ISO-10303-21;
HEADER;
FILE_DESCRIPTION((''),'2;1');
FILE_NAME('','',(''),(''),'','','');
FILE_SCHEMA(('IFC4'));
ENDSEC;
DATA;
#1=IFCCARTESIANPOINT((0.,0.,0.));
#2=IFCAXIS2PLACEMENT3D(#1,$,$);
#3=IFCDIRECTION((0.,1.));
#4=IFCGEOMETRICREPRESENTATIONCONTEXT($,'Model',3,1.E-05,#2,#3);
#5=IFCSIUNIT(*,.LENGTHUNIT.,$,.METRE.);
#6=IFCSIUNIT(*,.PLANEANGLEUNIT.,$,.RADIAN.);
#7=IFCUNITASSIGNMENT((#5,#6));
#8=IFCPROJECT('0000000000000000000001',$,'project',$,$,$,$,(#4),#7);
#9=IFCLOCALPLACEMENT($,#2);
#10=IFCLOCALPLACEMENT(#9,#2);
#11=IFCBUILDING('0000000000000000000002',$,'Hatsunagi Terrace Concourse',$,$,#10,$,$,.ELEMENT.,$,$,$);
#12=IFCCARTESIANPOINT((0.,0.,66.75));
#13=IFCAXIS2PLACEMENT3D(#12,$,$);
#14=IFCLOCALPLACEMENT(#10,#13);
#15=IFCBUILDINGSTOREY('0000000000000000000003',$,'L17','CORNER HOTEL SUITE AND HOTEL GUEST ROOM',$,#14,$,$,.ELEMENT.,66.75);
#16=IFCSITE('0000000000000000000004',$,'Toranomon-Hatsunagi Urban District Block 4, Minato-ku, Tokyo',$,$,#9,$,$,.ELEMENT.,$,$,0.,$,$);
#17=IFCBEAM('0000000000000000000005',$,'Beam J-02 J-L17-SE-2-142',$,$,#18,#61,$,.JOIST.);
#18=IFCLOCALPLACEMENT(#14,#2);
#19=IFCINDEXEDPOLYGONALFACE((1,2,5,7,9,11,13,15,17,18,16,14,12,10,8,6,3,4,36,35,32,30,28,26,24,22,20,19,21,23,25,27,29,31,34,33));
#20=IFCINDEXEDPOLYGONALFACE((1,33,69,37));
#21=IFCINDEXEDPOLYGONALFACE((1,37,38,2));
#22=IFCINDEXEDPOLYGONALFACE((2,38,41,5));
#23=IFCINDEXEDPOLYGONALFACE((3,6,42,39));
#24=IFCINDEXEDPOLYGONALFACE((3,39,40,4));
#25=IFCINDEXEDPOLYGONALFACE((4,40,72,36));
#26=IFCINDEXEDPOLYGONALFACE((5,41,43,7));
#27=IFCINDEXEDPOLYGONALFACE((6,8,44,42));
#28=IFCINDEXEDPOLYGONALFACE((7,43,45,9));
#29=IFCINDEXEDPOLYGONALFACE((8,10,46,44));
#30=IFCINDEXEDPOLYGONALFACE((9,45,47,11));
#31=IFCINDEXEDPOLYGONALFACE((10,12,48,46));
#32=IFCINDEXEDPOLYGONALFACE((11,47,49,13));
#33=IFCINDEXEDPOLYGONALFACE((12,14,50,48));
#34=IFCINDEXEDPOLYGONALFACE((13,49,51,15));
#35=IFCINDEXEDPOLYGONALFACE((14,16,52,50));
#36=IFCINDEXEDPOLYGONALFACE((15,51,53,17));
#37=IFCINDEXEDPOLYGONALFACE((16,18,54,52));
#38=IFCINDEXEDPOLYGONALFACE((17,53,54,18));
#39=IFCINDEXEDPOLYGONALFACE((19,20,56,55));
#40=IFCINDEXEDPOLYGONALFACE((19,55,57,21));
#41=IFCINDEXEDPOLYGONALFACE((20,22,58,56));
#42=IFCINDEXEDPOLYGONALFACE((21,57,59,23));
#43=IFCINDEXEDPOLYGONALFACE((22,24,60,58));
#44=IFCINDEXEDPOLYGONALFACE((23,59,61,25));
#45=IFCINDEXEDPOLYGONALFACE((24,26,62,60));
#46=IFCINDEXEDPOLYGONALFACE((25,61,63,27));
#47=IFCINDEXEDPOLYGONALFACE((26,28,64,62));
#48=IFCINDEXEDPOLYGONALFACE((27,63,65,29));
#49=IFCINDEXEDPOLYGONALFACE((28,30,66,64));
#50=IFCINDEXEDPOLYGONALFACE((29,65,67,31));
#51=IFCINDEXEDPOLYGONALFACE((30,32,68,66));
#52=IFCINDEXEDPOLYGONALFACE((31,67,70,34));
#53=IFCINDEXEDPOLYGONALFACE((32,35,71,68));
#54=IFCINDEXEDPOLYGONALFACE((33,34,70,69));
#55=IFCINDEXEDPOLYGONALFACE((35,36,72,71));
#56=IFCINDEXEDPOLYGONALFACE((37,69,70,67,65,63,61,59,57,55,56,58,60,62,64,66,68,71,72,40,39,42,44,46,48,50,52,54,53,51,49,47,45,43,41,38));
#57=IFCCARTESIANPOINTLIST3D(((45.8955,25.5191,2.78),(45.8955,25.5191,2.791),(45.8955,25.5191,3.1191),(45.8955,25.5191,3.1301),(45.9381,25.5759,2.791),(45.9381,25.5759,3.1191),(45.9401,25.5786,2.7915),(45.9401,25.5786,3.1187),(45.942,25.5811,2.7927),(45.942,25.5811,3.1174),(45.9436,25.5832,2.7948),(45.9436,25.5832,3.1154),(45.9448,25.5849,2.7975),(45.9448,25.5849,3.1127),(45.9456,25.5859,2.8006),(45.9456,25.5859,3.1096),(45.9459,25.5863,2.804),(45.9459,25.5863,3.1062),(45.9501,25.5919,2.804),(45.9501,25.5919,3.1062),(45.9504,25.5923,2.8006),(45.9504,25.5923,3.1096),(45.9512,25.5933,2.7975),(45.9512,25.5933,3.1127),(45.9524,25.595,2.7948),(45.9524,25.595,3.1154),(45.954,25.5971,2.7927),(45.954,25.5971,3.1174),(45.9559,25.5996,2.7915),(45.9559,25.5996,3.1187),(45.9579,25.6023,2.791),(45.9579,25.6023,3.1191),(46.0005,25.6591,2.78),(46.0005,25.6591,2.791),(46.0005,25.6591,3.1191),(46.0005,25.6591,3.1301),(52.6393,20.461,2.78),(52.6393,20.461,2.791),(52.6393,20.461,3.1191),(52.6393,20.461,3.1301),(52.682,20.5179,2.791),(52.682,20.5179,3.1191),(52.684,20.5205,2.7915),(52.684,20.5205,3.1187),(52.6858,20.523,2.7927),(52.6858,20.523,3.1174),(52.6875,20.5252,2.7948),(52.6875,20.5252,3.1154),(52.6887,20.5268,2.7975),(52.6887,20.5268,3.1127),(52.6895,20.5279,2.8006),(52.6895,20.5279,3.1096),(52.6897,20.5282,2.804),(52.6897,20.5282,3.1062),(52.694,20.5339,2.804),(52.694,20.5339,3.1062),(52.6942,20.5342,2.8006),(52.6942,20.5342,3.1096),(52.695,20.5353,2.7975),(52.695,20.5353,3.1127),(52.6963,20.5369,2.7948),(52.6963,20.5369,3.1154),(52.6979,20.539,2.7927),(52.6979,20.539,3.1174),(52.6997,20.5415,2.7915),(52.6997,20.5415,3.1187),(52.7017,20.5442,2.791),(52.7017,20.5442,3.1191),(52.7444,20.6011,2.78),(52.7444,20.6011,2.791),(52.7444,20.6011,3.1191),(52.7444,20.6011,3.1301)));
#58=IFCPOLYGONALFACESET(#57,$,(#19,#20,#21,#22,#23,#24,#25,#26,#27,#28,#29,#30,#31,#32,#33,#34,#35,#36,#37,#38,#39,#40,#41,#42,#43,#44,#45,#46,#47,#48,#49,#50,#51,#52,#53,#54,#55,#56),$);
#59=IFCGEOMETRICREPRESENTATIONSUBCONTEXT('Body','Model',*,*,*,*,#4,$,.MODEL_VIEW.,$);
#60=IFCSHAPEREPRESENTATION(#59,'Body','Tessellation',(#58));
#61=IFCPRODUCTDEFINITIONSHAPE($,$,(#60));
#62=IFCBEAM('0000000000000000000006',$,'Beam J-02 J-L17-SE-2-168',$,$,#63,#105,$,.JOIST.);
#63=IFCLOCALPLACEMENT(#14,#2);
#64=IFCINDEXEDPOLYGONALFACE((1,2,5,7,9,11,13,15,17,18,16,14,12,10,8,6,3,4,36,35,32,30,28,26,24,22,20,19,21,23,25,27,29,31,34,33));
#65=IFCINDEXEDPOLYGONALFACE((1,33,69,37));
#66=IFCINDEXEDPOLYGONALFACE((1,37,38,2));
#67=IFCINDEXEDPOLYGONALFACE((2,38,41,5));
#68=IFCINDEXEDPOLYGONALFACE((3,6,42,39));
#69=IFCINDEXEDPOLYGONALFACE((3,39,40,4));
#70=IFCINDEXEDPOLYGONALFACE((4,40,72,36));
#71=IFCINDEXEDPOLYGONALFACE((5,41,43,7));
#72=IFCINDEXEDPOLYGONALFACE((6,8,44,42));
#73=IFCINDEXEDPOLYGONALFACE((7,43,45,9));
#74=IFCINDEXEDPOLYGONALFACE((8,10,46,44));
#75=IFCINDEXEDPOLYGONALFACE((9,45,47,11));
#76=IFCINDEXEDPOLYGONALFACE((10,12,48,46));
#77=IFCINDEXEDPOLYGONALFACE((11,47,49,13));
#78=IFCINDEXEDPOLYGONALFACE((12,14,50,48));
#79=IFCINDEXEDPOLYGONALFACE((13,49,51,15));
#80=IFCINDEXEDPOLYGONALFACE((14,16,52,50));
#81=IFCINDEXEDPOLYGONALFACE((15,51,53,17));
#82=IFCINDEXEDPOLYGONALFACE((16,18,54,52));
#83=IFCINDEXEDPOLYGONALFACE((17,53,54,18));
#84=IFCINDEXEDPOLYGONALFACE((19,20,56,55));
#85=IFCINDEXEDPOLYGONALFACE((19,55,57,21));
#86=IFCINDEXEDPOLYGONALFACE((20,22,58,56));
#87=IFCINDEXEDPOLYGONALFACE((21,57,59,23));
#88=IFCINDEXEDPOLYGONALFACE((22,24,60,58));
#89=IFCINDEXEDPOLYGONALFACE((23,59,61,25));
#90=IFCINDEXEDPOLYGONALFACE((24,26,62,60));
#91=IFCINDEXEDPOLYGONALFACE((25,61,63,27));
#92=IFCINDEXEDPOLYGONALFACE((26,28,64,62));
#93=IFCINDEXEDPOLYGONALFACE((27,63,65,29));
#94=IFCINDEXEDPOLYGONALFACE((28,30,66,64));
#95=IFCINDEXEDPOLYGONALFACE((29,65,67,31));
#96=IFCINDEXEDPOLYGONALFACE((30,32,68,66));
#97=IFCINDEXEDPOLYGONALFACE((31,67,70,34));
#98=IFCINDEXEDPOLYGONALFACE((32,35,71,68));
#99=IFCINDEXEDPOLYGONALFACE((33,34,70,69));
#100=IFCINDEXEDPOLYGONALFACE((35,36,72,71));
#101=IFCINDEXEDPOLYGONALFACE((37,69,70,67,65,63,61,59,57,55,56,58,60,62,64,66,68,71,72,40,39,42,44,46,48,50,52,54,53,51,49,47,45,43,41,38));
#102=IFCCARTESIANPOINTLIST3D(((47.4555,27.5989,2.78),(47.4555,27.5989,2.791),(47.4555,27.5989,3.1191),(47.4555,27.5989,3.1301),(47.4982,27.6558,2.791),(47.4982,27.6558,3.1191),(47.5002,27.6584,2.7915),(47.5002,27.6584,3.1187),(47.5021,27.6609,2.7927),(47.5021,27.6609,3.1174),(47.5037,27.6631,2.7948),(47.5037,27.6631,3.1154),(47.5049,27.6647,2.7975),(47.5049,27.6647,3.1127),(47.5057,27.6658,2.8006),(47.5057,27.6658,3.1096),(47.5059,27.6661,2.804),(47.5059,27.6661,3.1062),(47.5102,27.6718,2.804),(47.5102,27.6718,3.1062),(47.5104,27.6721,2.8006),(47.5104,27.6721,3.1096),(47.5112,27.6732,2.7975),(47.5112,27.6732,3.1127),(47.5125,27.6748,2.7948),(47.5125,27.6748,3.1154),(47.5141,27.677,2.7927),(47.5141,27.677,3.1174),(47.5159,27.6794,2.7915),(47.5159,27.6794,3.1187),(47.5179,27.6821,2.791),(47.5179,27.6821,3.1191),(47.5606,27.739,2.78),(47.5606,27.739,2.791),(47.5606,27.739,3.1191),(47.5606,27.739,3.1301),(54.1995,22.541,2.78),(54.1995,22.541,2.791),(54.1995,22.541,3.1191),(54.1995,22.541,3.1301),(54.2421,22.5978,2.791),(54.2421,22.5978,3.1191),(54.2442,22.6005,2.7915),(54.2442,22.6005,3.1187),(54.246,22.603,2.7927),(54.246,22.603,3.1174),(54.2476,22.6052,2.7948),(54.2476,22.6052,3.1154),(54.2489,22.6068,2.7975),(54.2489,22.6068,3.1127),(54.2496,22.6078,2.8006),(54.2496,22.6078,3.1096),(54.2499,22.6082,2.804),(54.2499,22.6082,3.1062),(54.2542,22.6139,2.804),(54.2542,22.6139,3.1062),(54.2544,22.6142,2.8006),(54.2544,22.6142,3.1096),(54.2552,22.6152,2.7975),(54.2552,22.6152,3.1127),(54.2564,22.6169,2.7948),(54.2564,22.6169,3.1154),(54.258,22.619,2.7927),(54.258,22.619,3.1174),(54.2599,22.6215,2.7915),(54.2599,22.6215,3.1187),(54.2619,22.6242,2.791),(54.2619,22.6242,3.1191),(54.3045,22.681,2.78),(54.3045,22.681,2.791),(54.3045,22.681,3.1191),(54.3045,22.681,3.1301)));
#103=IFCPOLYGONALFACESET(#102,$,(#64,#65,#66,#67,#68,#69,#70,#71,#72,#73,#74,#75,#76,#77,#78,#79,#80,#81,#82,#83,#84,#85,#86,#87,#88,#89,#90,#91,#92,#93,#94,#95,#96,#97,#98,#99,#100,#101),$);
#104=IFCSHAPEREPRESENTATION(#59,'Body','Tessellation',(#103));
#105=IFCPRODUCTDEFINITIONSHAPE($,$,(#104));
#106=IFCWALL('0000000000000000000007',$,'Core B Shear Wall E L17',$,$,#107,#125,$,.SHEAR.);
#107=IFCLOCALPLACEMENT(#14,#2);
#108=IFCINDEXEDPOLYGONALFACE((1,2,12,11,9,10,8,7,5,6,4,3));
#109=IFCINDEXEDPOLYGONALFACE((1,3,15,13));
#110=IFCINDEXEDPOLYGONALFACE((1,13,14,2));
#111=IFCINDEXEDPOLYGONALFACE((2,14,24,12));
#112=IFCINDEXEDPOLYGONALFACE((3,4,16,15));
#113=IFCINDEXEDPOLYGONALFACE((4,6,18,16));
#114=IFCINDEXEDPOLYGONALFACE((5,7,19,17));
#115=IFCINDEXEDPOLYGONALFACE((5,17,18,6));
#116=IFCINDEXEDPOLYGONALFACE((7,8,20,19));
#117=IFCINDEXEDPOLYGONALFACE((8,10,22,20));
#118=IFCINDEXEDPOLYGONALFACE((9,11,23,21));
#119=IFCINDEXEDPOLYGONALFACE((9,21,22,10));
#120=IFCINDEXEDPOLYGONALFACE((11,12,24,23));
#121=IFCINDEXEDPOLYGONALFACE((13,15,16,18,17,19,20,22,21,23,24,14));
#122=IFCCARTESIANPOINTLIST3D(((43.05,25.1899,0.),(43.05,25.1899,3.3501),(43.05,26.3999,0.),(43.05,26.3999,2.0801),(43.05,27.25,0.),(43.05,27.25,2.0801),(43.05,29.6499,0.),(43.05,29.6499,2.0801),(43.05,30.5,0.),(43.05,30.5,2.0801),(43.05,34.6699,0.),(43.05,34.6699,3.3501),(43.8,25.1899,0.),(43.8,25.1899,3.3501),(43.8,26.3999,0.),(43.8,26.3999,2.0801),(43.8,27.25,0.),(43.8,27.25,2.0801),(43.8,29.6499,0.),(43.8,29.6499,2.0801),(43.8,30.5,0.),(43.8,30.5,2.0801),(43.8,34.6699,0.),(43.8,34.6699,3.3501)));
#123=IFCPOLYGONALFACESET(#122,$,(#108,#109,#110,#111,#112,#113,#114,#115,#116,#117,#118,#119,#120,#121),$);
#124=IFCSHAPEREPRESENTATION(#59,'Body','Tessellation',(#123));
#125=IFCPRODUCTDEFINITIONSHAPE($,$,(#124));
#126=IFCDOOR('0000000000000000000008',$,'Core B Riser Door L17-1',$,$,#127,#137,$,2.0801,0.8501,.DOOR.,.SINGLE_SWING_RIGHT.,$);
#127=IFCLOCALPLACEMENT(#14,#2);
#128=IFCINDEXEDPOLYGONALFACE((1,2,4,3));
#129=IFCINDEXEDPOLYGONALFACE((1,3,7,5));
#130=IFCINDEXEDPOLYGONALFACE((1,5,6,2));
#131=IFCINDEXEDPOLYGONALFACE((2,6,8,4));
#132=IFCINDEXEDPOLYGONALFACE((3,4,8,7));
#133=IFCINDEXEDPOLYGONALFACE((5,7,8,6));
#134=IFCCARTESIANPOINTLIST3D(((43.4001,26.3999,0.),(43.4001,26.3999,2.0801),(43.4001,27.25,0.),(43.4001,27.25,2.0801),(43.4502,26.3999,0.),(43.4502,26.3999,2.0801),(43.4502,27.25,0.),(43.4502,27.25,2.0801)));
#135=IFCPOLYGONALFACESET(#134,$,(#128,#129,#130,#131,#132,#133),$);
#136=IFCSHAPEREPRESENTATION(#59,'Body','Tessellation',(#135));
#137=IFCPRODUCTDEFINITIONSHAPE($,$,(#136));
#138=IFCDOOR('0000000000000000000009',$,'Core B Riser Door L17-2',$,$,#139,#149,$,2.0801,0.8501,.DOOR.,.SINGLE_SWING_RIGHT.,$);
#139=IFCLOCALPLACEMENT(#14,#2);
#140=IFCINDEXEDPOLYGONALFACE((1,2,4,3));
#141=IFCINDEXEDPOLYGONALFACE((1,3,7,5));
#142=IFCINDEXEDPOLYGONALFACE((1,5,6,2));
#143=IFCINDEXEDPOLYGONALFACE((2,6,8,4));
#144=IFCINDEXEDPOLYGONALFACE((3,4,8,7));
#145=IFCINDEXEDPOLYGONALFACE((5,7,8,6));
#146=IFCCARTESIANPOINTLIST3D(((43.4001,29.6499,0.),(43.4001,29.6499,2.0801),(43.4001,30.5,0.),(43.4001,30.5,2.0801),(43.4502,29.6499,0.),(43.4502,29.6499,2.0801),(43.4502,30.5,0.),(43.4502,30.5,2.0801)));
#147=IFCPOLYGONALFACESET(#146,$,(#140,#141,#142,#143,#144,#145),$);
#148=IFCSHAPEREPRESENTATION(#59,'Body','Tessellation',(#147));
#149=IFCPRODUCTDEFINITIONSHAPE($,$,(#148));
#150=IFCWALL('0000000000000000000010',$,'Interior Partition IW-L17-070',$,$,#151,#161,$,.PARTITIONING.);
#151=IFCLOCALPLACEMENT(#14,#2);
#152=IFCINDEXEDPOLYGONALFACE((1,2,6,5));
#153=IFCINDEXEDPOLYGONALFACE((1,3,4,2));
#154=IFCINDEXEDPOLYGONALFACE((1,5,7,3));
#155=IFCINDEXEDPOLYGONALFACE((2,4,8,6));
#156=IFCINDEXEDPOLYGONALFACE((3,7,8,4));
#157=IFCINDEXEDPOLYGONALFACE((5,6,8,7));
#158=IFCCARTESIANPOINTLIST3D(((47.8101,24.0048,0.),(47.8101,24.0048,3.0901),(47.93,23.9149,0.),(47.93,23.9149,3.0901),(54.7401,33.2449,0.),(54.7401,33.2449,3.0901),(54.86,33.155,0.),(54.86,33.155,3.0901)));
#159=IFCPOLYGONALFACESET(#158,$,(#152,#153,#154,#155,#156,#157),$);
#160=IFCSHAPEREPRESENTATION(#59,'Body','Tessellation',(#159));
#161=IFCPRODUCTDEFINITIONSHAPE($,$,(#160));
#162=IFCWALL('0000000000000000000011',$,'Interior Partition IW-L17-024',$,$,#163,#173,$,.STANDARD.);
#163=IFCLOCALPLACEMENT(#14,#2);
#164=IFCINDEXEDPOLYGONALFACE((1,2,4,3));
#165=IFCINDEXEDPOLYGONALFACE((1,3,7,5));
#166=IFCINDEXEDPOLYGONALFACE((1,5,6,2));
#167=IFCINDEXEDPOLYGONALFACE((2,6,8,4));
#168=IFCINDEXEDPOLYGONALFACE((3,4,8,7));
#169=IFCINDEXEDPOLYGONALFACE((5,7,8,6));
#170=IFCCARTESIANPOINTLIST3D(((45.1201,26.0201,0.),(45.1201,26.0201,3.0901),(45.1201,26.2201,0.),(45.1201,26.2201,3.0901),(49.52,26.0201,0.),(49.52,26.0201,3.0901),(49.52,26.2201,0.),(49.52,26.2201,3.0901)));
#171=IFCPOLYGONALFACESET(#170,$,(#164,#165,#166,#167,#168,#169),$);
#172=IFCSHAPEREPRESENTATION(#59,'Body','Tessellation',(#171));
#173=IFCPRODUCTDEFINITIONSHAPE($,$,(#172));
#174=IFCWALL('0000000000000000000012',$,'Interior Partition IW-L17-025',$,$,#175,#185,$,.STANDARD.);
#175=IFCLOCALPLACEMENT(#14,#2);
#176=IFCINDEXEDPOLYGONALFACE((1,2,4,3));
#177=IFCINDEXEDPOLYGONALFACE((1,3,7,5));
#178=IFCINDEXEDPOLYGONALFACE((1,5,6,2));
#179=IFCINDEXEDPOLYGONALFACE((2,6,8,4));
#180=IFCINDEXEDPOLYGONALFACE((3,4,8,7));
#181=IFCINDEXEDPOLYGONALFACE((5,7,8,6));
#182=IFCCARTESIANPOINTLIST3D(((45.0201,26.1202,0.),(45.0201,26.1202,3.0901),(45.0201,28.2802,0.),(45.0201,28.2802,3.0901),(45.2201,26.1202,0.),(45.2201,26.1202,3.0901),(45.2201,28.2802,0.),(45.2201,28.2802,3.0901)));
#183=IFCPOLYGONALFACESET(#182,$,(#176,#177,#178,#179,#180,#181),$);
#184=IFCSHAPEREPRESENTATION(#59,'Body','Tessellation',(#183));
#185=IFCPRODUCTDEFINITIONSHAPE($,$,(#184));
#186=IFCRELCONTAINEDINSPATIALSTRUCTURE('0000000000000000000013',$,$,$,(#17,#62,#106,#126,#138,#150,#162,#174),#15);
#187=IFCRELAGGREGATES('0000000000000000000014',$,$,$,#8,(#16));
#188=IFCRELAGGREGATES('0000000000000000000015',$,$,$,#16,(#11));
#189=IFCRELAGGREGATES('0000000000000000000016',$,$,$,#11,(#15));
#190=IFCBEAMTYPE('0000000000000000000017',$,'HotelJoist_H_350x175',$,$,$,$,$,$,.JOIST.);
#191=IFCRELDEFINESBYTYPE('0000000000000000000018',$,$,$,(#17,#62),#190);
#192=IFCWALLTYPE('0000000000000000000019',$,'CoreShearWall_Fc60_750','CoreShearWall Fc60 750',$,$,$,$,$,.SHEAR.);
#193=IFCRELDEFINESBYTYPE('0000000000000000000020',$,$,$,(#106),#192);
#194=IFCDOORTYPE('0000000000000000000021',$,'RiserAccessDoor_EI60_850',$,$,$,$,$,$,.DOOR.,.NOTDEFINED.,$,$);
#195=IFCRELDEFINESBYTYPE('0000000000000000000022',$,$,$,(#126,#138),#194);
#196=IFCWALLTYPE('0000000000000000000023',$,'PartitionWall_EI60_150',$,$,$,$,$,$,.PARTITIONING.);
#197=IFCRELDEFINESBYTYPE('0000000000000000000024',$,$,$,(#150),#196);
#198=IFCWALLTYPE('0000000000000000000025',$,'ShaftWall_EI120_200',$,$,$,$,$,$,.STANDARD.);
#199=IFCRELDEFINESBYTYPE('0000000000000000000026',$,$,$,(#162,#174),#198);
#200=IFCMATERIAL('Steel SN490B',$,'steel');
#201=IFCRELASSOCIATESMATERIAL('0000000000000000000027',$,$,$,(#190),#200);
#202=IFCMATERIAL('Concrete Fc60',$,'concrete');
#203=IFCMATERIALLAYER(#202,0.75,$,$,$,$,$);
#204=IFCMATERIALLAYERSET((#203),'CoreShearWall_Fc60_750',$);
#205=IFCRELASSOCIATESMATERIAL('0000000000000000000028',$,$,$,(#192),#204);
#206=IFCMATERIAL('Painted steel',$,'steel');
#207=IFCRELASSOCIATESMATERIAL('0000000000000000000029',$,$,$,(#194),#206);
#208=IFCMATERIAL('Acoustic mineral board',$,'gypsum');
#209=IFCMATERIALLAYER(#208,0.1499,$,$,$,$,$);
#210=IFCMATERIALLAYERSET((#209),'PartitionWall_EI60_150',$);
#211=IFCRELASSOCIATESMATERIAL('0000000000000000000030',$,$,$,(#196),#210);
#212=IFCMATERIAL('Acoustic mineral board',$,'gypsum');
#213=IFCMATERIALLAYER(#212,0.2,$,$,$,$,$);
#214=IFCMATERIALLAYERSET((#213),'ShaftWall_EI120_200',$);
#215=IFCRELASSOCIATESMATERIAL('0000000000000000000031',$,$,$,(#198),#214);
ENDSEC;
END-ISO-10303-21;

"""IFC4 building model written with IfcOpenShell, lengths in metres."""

from ifc_helpers import new_model, si_unit, direction, frame, frame_2d, origin, origin_2d, place, context, subcontext, project, spatial, rectangle, i_section, extrude, material, layer, layer_set, material_profile, profile_set, type_object, element, fill, save


model = new_model("IFC4")

# Units and contexts
model_context = context("Model", 3, precision=1e-05, world=origin(), true_north=direction((0.0, 1.0)))
body_context = subcontext(model_context, "Body", "Model", "MODEL_VIEW")
ifc_project = project(units=[si_unit("LENGTHUNIT", "METRE"), si_unit("PLANEANGLEUNIT", "RADIAN")], contexts=[model_context])

# Site, building, storey
site_placement = place(None, origin())
site = spatial("IfcSite", under=ifc_project, at=site_placement, Name="Toranomon-Hatsunagi Urban District Block 4, Minato-ku, Tokyo", CompositionType="ELEMENT", RefElevation=0.0)
building_placement = place(site_placement, origin())
building = spatial("IfcBuilding", under=site, at=building_placement, Name="Hatsunagi Terrace Concourse", CompositionType="ELEMENT")
storey_placement = place(building_placement, frame((0.0, 0.0, 66.75)))
storey = spatial("IfcBuildingStorey", under=building, at=storey_placement, Name="L17", Description="CORNER HOTEL SUITE AND HOTEL GUEST ROOM", CompositionType="ELEMENT", Elevation=66.75)

# Beams
ifc_material_1 = material(Name="Steel SN490B", Category="steel")
ifc_material_profile_1 = material_profile(ifc_material_1, i_section(OverallWidth=0.175, OverallDepth=0.3501, WebThickness=0.0071, FlangeThickness=0.011, FilletRadius=0.0129, at=origin_2d()), Name="H-350x175x7x11")
ifc_profile_set_1 = profile_set([ifc_material_profile_1], Name="Steel SN490B")
beam_type_1 = type_object("IfcBeamType", Name="HotelJoist_H_350x175", PredefinedType="JOIST", material=ifc_profile_set_1)
for number, where, z_axis, x_axis, name in (
    (1, (45.948, 25.5891, 2.9551), (0.79999, -0.600014, 0.0), (0.600014, 0.79999, 0.0), "Beam J-02 J-L17-SE-2-142"),
    (2, (47.5081, 27.6689, 2.9551), (0.800003, -0.599995, 0.0), (0.599995, 0.800003, 0.0), "Beam J-02 J-L17-SE-2-168"),
):
    element("IfcBeam", number, at=place(storey_placement, frame(where, z_axis=z_axis, x_axis=x_axis)), inside=storey, type_object=beam_type_1, Name=name, PredefinedType="JOIST", context=body_context, shape_type="SweptSolid", body=[
        extrude(i_section(OverallWidth=0.175, OverallDepth=0.3501, WebThickness=0.0071, FlangeThickness=0.011, FilletRadius=0.0129, at=origin_2d()), origin(), (0.0, 0.0, 1.0), 8.4299),
    ])

# Wall, openings, doors
ifc_material_2 = material(Name="Concrete Fc60", Category="concrete")
ifc_layer_1 = layer(ifc_material_2, 0.75)
ifc_layer_set_1 = layer_set([ifc_layer_1], Name="CoreShearWall_Fc60_750")
wall_type_1 = type_object("IfcWallType", Name="CoreShearWall_Fc60_750", Description="CoreShearWall Fc60 750", PredefinedType="SHEAR", material=ifc_layer_set_1)
wall_1_placement = place(storey_placement, frame((43.425, 25.1899, 0.0), z_axis=(0.0, 0.0, 1.0), x_axis=(0.0, 1.0, 0.0)))
wall_1 = element("IfcWall", 3, at=wall_1_placement, inside=storey, type_object=wall_type_1, Name="Core B Shear Wall E L17", PredefinedType="SHEAR", context=body_context, shape_type="SweptSolid", body=[
    extrude(rectangle(XDim=9.48, YDim=0.75, at=frame_2d((4.74, 0.0))), origin(), (0.0, 0.0, 1.0), 3.3501),
])
opening_1_placement = place(wall_1_placement, frame((1.21, 0.0, 0.0)))
opening_1 = element("IfcOpeningElement", 4, at=opening_1_placement, cuts=wall_1, PredefinedType="OPENING", context=body_context, shape_type="SweptSolid", body=[
    extrude(rectangle(XDim=0.8501, YDim=2.0801, at=frame_2d((0.425, 1.04))), frame((0.0, 0.385, 0.0), z_axis=(0.0, -1.0, 0.0), x_axis=(1.0, 0.0, 0.0)), (0.0, 0.0, 1.0), 0.77),
])
opening_2_placement = place(wall_1_placement, frame((4.46, 0.0, 0.0)))
opening_2 = element("IfcOpeningElement", 5, at=opening_2_placement, cuts=wall_1, PredefinedType="OPENING", context=body_context, shape_type="SweptSolid", body=[
    extrude(rectangle(XDim=0.8501, YDim=2.0801, at=frame_2d((0.425, 1.04))), frame((0.0, 0.385, 0.0), z_axis=(0.0, -1.0, 0.0), x_axis=(1.0, 0.0, 0.0)), (0.0, 0.0, 1.0), 0.77),
])
ifc_material_3 = material(Name="Painted steel", Category="steel")
door_type_1 = type_object("IfcDoorType", Name="RiserAccessDoor_EI60_850", OperationType="NOTDEFINED", PredefinedType="DOOR", material=ifc_material_3)
door_1_placement = place(opening_1_placement, origin())
door_1 = element("IfcDoor", 6, at=door_1_placement, inside=storey, type_object=door_type_1, Name="Core B Riser Door L17-1", OperationType="SINGLE_SWING_RIGHT", OverallHeight=2.0801, OverallWidth=0.8501, PredefinedType="DOOR", context=body_context, shape_type="SweptSolid", body=[
    extrude(rectangle(XDim=0.8501, YDim=2.0801, at=frame_2d((0.425, 1.04))), frame((0.0, 0.0249, 0.0), z_axis=(0.0, -1.0, 0.0), x_axis=(1.0, 0.0, 0.0)), (0.0, 0.0, 1.0), 0.05),
])
fill(opening_1, door_1)
door_2_placement = place(opening_2_placement, origin())
door_2 = element("IfcDoor", 7, at=door_2_placement, inside=storey, type_object=door_type_1, Name="Core B Riser Door L17-2", OperationType="SINGLE_SWING_RIGHT", OverallHeight=2.0801, OverallWidth=0.8501, PredefinedType="DOOR", context=body_context, shape_type="SweptSolid", body=[
    extrude(rectangle(XDim=0.8501, YDim=2.0801, at=frame_2d((0.425, 1.04))), frame((0.0, 0.0249, 0.0), z_axis=(0.0, -1.0, 0.0), x_axis=(1.0, 0.0, 0.0)), (0.0, 0.0, 1.0), 0.05),
])
fill(opening_2, door_2)

# Shared definitions
ifc_material_4 = material(Name="Acoustic mineral board", Category="gypsum")
ifc_layer_2 = layer(ifc_material_4, 0.1499)
ifc_layer_set_2 = layer_set([ifc_layer_2], Name="PartitionWall_EI60_150")
wall_type_2 = type_object("IfcWallType", Name="PartitionWall_EI60_150", PredefinedType="PARTITIONING", material=ifc_layer_set_2)

# Wall
wall_2_placement = place(storey_placement, frame((47.8701, 23.96, 0.0), z_axis=(0.0, 0.0, 1.0), x_axis=(0.599997, 0.800003, 0.0)))
element("IfcWall", 8, at=wall_2_placement, inside=storey, type_object=wall_type_2, Name="Interior Partition IW-L17-070", PredefinedType="PARTITIONING", context=body_context, shape_type="SweptSolid", body=[
    extrude(rectangle(XDim=11.55, YDim=0.1499, at=frame_2d((5.7749, 0.0))), origin(), (0.0, 0.0, 1.0), 3.0901),
])

# Walls
ifc_material_5 = material(Name="Acoustic mineral board", Category="gypsum")
ifc_layer_3 = layer(ifc_material_5, 0.2)
ifc_layer_set_3 = layer_set([ifc_layer_3], Name="ShaftWall_EI120_200")
wall_type_3 = type_object("IfcWallType", Name="ShaftWall_EI120_200", PredefinedType="STANDARD", material=ifc_layer_set_3)
wall_3_placement = place(storey_placement, frame((45.1201, 26.1201, 0.0), z_axis=(0.0, 0.0, 1.0), x_axis=(1.0, 0.0, 0.0)))
element("IfcWall", 9, at=wall_3_placement, inside=storey, type_object=wall_type_3, Name="Interior Partition IW-L17-024", PredefinedType="STANDARD", context=body_context, shape_type="SweptSolid", body=[
    extrude(rectangle(XDim=4.3999, YDim=0.2, at=frame_2d((2.2, 0.0))), origin(), (0.0, 0.0, 1.0), 3.0901),
])
for number, where, z_axis, x_axis, name in (
    (10, (45.1201, 26.1201, 0.0), (0.0, 0.0, 1.0), (0.0, 1.0, 0.0), "Interior Partition IW-L17-025"),
):
    element("IfcWall", number, at=place(storey_placement, frame(where, z_axis=z_axis, x_axis=x_axis)), inside=storey, type_object=wall_type_3, Name=name, PredefinedType="STANDARD", context=body_context, shape_type="SweptSolid", body=[
        extrude(rectangle(XDim=2.1599, YDim=0.2, at=frame_2d((1.0801, 0.0))), origin(), (0.0, 0.0, 1.0), 3.0901),
    ])

save(model, "model.ifc")
